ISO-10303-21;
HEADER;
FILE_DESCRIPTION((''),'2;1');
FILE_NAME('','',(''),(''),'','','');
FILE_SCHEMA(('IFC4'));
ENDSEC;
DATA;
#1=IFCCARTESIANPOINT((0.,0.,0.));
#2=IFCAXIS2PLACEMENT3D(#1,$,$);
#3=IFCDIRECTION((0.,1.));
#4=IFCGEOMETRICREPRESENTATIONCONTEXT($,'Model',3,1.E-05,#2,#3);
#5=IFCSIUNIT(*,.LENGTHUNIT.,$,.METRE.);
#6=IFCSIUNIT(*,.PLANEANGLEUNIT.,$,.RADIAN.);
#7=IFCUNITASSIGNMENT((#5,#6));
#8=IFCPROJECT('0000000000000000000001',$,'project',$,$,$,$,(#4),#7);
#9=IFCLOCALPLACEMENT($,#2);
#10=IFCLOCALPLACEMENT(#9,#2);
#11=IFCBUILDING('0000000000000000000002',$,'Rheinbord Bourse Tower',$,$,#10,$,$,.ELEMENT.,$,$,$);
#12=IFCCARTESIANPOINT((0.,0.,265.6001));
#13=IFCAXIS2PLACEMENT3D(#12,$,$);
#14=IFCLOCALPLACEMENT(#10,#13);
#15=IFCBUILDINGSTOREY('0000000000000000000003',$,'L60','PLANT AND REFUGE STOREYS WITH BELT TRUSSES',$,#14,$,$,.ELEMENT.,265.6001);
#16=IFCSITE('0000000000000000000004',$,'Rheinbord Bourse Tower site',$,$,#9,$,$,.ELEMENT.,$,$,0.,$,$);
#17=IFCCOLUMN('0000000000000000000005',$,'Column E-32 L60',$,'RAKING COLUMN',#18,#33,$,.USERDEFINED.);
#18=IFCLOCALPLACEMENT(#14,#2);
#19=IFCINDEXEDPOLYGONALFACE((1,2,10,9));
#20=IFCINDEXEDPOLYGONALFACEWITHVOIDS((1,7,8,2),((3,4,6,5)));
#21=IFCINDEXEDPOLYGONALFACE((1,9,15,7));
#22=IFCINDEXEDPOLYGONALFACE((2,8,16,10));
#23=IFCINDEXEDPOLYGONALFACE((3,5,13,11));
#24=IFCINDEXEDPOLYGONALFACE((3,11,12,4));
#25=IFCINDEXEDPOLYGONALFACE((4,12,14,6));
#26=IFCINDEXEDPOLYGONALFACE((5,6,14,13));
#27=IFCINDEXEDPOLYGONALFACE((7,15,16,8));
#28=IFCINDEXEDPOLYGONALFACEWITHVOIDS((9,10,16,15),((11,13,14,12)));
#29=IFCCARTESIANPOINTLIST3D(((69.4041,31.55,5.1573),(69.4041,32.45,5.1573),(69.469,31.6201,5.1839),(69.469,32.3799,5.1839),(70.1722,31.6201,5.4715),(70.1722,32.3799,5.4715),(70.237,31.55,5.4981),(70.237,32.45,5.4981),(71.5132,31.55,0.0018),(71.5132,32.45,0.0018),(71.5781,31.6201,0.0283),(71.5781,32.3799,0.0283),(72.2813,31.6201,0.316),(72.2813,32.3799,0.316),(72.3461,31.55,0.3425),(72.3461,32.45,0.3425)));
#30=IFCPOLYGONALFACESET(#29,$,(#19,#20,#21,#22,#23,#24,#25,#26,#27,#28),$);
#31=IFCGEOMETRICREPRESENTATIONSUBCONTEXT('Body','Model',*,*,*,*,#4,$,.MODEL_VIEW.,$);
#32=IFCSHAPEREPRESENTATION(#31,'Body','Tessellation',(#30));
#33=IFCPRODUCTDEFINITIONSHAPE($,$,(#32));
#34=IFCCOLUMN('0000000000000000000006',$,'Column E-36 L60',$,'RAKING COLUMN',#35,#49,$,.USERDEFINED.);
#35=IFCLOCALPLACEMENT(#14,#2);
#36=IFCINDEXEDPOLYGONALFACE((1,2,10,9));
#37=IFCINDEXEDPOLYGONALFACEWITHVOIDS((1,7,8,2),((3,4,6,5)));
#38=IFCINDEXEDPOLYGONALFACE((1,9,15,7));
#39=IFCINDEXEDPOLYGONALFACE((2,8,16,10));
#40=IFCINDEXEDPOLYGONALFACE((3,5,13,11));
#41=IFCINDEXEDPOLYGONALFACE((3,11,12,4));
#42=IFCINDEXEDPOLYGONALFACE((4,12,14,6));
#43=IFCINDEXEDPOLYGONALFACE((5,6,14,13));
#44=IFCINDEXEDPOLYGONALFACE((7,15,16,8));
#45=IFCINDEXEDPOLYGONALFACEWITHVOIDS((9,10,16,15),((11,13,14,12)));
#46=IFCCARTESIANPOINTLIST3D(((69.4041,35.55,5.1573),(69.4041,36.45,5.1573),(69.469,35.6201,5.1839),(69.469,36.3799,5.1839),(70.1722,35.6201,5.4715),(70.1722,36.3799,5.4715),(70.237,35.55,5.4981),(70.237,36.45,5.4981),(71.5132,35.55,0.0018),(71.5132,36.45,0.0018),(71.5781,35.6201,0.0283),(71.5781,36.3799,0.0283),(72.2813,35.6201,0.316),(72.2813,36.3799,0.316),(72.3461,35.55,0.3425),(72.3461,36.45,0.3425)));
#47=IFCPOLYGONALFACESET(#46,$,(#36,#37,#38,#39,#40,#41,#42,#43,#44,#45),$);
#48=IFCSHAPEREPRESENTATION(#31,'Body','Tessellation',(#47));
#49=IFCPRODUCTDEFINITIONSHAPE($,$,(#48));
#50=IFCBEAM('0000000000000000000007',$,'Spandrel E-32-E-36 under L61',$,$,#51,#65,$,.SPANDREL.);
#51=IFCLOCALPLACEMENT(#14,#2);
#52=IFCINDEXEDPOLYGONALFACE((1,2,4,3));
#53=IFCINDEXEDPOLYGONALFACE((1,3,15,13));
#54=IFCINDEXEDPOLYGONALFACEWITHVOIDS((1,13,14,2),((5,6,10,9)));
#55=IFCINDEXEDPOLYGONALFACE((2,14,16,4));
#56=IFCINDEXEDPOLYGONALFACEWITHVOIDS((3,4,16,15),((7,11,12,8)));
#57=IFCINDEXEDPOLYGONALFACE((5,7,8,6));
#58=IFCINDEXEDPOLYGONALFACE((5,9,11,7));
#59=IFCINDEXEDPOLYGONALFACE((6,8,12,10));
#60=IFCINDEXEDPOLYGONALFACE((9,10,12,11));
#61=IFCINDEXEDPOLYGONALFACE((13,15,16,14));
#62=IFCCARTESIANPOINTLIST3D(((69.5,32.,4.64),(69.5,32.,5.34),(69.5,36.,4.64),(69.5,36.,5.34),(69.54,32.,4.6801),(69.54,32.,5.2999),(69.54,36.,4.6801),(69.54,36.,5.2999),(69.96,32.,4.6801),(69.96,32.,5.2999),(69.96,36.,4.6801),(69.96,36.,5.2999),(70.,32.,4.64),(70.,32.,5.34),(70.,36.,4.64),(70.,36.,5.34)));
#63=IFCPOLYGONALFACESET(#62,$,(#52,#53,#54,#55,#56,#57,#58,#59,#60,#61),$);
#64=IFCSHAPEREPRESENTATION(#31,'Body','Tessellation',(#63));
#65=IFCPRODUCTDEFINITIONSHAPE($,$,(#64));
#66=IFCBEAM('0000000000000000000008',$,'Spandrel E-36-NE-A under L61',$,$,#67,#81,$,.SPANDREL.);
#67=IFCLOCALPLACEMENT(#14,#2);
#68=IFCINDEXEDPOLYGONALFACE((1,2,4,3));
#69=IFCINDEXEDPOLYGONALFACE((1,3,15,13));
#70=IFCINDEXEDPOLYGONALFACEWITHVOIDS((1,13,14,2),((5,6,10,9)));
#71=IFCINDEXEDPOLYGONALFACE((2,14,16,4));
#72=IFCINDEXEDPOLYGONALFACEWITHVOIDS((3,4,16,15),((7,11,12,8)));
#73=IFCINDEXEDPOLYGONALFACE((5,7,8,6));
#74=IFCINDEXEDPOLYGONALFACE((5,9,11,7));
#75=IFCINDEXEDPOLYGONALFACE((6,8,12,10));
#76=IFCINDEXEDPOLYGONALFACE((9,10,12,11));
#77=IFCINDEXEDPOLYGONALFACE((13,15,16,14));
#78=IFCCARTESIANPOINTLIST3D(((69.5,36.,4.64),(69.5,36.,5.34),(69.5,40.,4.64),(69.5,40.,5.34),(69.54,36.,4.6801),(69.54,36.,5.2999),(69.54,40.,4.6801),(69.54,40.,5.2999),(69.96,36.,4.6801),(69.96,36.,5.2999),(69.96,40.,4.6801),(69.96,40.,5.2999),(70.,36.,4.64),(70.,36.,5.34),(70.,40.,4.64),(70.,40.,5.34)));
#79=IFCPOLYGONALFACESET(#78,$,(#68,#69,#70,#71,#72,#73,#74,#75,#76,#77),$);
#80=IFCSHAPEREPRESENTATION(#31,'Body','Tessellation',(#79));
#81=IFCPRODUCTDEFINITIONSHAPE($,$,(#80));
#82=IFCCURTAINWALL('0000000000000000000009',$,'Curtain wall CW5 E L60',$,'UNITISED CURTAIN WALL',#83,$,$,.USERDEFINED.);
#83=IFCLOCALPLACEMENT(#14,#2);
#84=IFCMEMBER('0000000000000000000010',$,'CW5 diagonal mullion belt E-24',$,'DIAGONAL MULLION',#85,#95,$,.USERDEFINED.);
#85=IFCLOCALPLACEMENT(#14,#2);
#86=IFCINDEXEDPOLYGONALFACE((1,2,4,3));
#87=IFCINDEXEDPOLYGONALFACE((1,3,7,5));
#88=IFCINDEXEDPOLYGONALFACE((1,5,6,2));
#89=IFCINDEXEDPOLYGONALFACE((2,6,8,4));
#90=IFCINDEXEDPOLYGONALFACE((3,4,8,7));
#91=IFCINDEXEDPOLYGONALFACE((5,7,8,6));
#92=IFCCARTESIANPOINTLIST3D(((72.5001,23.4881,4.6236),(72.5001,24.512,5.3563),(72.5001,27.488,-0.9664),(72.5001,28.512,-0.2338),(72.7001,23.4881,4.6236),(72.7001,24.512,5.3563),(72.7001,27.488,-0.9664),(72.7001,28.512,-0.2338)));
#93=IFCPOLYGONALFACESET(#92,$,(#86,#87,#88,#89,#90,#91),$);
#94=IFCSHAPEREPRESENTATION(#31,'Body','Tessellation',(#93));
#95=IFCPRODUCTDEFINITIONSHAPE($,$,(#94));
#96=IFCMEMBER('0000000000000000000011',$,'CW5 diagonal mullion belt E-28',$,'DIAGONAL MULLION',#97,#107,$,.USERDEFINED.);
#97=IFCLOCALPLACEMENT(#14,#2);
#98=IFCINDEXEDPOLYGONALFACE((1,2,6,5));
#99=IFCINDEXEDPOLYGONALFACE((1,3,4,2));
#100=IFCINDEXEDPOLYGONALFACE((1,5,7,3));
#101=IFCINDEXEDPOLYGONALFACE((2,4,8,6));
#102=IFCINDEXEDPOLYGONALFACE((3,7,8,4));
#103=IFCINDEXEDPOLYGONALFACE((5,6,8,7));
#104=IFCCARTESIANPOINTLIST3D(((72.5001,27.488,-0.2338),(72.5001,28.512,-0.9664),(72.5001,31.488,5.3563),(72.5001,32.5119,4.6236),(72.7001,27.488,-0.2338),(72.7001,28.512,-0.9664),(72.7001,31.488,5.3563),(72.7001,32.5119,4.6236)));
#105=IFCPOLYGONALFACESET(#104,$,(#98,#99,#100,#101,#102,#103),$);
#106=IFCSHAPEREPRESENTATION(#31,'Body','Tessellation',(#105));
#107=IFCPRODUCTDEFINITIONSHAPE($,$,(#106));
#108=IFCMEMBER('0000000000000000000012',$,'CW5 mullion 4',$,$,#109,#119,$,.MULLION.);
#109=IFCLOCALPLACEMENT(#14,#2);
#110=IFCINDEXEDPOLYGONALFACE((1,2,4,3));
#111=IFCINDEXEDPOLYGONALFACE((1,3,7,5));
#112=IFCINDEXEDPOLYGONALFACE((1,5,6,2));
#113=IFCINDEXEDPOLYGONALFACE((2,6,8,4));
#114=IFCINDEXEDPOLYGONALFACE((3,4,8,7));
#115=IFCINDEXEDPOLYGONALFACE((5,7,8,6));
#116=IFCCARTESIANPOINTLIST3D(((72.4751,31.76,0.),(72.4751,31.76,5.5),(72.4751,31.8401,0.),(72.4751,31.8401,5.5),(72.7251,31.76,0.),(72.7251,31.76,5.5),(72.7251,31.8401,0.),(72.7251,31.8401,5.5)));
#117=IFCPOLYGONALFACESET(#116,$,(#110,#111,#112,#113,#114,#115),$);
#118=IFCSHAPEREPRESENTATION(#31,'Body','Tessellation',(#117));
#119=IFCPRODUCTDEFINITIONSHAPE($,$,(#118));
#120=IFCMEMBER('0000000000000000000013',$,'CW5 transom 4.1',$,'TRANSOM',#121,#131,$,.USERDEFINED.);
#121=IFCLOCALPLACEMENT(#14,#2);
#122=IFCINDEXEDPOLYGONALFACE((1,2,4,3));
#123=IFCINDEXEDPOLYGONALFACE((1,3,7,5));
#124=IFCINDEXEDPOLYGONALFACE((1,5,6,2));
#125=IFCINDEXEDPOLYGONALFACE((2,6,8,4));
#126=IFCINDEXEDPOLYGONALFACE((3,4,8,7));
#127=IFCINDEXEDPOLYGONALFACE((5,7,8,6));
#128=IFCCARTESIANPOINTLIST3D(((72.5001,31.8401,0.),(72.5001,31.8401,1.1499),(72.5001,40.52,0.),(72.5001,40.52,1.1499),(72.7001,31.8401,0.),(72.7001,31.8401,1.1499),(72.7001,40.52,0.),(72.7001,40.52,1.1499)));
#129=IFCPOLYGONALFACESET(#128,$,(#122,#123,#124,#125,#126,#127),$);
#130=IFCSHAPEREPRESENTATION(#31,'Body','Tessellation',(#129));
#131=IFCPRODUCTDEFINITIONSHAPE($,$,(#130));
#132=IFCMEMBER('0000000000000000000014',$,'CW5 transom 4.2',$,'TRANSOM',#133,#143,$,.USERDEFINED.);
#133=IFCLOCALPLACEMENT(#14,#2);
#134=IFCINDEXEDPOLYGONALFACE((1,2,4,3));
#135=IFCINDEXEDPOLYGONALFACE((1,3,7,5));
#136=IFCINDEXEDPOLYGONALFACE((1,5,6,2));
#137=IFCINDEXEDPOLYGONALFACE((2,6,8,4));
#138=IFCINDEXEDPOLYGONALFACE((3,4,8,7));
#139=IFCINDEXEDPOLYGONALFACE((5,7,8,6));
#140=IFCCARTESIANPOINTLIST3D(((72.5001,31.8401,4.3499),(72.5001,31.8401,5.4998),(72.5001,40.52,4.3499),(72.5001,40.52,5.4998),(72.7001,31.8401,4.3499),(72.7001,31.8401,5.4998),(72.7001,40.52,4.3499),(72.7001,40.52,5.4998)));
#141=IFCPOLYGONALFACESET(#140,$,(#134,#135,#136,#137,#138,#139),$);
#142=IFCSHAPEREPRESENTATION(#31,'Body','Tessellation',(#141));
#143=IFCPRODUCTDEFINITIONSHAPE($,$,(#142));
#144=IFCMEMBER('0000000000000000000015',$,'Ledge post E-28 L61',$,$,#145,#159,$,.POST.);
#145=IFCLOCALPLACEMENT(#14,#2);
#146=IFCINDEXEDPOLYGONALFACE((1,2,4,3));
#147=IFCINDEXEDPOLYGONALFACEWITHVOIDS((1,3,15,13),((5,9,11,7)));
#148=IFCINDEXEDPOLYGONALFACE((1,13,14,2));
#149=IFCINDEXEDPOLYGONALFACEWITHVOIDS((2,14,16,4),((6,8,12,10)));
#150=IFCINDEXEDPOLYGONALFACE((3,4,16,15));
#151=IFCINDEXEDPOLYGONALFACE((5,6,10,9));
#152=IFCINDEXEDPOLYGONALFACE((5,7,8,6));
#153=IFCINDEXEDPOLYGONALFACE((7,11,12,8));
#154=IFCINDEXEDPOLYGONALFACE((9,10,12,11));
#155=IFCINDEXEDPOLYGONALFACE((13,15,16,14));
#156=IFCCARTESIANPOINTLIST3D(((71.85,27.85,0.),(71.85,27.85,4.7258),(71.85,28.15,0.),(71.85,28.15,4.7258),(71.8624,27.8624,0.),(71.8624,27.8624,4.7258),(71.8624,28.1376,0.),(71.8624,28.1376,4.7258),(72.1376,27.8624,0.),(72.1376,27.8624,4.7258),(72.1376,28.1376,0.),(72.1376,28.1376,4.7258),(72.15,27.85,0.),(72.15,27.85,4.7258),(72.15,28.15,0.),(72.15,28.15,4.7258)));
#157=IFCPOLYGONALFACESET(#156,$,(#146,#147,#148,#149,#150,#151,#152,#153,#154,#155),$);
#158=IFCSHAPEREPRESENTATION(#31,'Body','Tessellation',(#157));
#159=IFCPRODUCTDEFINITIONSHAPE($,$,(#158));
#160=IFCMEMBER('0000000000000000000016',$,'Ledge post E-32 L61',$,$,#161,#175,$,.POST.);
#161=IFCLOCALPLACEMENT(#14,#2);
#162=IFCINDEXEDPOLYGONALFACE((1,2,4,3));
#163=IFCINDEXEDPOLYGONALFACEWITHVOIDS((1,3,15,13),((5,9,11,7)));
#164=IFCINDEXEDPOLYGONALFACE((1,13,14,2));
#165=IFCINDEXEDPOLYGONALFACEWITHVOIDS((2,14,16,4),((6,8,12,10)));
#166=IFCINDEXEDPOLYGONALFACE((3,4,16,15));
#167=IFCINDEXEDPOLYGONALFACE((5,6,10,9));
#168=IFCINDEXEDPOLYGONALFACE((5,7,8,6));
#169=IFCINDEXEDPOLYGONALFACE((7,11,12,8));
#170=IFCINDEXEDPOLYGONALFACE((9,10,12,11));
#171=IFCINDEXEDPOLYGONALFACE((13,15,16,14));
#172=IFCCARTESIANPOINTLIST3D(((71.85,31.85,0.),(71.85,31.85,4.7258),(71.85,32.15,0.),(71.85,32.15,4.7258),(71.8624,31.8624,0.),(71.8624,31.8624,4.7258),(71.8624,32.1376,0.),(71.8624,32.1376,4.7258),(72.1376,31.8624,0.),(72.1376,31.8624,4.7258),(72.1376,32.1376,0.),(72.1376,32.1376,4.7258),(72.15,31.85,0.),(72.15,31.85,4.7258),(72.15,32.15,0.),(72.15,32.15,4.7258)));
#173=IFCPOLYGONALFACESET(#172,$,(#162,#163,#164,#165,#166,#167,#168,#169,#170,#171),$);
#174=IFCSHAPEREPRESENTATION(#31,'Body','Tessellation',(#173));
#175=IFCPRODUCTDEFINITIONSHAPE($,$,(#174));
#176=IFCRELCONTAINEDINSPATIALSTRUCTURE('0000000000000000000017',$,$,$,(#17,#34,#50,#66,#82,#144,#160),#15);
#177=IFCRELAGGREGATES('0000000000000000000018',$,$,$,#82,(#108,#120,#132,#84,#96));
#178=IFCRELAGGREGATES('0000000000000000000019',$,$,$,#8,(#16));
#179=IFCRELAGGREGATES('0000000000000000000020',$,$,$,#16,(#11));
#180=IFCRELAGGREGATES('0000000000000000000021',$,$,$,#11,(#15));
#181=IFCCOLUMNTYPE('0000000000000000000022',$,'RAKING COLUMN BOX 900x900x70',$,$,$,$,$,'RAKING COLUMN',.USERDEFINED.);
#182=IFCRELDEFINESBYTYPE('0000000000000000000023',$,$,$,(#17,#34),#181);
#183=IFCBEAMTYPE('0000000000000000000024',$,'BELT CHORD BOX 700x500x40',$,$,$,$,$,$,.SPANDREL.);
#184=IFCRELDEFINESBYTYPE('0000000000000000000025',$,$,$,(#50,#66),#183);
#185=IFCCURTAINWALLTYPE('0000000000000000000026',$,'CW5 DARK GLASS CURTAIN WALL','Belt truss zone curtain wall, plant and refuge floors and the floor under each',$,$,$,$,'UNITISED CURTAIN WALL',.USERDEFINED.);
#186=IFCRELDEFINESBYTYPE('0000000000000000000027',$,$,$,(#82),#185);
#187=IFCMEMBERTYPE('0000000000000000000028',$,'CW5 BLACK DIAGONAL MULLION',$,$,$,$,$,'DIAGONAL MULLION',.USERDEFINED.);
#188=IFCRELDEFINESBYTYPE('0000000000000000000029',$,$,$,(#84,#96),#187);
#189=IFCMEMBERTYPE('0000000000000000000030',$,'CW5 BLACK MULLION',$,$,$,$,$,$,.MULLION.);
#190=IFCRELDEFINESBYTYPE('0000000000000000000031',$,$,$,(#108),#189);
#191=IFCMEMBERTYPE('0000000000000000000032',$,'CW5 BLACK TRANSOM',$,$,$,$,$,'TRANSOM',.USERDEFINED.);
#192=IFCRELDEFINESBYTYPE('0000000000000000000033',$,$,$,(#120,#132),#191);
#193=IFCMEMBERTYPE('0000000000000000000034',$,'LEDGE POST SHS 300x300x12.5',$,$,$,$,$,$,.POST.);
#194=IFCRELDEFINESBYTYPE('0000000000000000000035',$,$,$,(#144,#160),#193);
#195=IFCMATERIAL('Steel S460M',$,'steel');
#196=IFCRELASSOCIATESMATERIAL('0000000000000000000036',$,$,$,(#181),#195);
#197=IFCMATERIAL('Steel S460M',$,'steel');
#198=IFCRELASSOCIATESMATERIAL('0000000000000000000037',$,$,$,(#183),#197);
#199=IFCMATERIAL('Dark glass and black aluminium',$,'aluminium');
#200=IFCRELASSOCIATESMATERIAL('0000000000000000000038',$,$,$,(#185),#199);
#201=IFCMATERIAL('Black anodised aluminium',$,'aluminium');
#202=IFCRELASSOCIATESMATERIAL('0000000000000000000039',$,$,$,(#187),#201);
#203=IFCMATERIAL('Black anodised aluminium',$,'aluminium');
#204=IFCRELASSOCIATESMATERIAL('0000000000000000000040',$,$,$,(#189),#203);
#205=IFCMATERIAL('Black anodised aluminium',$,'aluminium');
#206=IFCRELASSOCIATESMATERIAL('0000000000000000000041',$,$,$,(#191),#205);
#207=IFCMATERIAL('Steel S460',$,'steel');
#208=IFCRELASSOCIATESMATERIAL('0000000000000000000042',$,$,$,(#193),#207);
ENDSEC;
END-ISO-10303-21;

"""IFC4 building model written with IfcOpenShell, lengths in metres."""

from ifc_helpers import new_model, si_unit, direction, frame, origin, origin_2d, place, context, subcontext, project, spatial, rectangle, hollow_rectangle, extrude, material, material_profile, profile_set, type_object, element, aggregate, save


model = new_model("IFC4")

# Units and contexts
model_context = context("Model", 3, precision=1e-05, world=origin(), true_north=direction((0.0, 1.0)))
body_context = subcontext(model_context, "Body", "Model", "MODEL_VIEW")
ifc_project = project(units=[si_unit("LENGTHUNIT", "METRE"), si_unit("PLANEANGLEUNIT", "RADIAN")], contexts=[model_context])

# Site, building, storey
site_placement = place(None, origin())
site = spatial("IfcSite", under=ifc_project, at=site_placement, Name="Rheinbord Bourse Tower site", CompositionType="ELEMENT", RefElevation=0.0)
building_placement = place(site_placement, origin())
building = spatial("IfcBuilding", under=site, at=building_placement, Name="Rheinbord Bourse Tower", CompositionType="ELEMENT")
storey_placement = place(building_placement, frame((0.0, 0.0, 265.6001)))
storey = spatial("IfcBuildingStorey", under=building, at=storey_placement, Name="L60", Description="PLANT AND REFUGE STOREYS WITH BELT TRUSSES", CompositionType="ELEMENT", Elevation=265.6001)

# Columns
ifc_material_1 = material(Name="Steel S460M", Category="steel")
ifc_material_profile_1 = material_profile(ifc_material_1, hollow_rectangle(XDim=0.8999, YDim=0.8999, WallThickness=0.0701, at=origin_2d()), Name="BOX 900x900x70")
ifc_profile_set_1 = profile_set([ifc_material_profile_1], Name="Steel S460M")
column_type = type_object("IfcColumnType", Name="RAKING COLUMN BOX 900x900x70", ElementType="RAKING COLUMN", PredefinedType="USERDEFINED", material=ifc_profile_set_1)
for number, where, z_axis, x_axis, name in (
    (1, (71.9297, 32.0, 0.1721), (-0.378633, 0.0, 0.925547), (0.925547, 0.0, 0.378633), "Column E-32 L60"),
    (2, (71.9297, 36.0, 0.1721), (-0.378633, 0.0, 0.925547), (0.925547, 0.0, 0.378633), "Column E-36 L60"),
):
    element("IfcColumn", number, at=place(storey_placement, frame(where, z_axis=z_axis, x_axis=x_axis)), inside=storey, type_object=column_type, Name=name, ObjectType="RAKING COLUMN", PredefinedType="USERDEFINED", context=body_context, shape_type="SweptSolid", body=[
        extrude(hollow_rectangle(XDim=0.8999, YDim=0.8999, WallThickness=0.0701, at=origin_2d()), origin(), (0.0, 0.0, 1.0), 5.5703),
    ])

# Beams
ifc_material_2 = material(Name="Steel S460M", Category="steel")
ifc_material_profile_2 = material_profile(ifc_material_2, hollow_rectangle(XDim=0.5, YDim=0.7, WallThickness=0.04, at=origin_2d()), Name="BOX 700x500x40")
ifc_profile_set_2 = profile_set([ifc_material_profile_2], Name="Steel S460M")
beam_type_1 = type_object("IfcBeamType", Name="BELT CHORD BOX 700x500x40", PredefinedType="SPANDREL", material=ifc_profile_set_2)
for number, where, z_axis, x_axis, name in (
    (3, (69.75, 32.0, 4.99), (0.0, 1.0, 0.0), (-1.0, 0.0, 0.0), "Spandrel E-32-E-36 under L61"),
    (4, (69.75, 36.0, 4.99), (0.0, 1.0, 0.0), (-1.0, 0.0, 0.0), "Spandrel E-36-NE-A under L61"),
):
    element("IfcBeam", number, at=place(storey_placement, frame(where, z_axis=z_axis, x_axis=x_axis)), inside=storey, type_object=beam_type_1, Name=name, PredefinedType="SPANDREL", context=body_context, shape_type="SweptSolid", body=[
        extrude(hollow_rectangle(XDim=0.5, YDim=0.7, WallThickness=0.04, at=origin_2d()), origin(), (0.0, 0.0, 1.0), 4.0),
    ])

# Curtain wall, members
ifc_material_3 = material(Name="Dark glass and black aluminium", Category="aluminium")
curtain_wall_type = type_object("IfcCurtainWallType", Name="CW5 DARK GLASS CURTAIN WALL", Description="Belt truss zone curtain wall, plant and refuge floors and the floor under each", ElementType="UNITISED CURTAIN WALL", PredefinedType="USERDEFINED", material=ifc_material_3)
curtain_wall_placement = place(storey_placement, origin())
curtain_wall = element("IfcCurtainWall", 5, at=curtain_wall_placement, inside=storey, type_object=curtain_wall_type, Name="Curtain wall CW5 E L60", ObjectType="UNITISED CURTAIN WALL", PredefinedType="USERDEFINED")
ifc_material_4 = material(Name="Black anodised aluminium", Category="aluminium")
ifc_material_profile_3 = material_profile(ifc_material_4, rectangle(XDim=0.2, YDim=1.259, at=origin_2d()), Name="CW5 DIAGONAL MULLION 1259x200")
ifc_profile_set_3 = profile_set([ifc_material_profile_3], Name="Black anodised aluminium")
member_type_1 = type_object("IfcMemberType", Name="CW5 BLACK DIAGONAL MULLION", ElementType="DIAGONAL MULLION", PredefinedType="USERDEFINED", material=ifc_profile_set_3)
member_1_placement = place(storey_placement, frame((72.6001, 28.0, -0.6001), z_axis=(0.0, -0.58192, 0.813246), x_axis=(1.0, 0.0, 0.0)))
member_1 = element("IfcMember", 6, at=member_1_placement, type_object=member_type_1, Name="CW5 diagonal mullion belt E-24", ObjectType="DIAGONAL MULLION", PredefinedType="USERDEFINED", context=body_context, shape_type="SweptSolid", body=[
    extrude(rectangle(XDim=0.2, YDim=1.259, at=origin_2d()), origin(), (0.0, 0.0, 1.0), 6.8738),
])
member_2_placement = place(storey_placement, frame((72.6001, 28.0, -0.6001), z_axis=(0.0, 0.58192, 0.813246), x_axis=(-1.0, 0.0, 0.0)))
member_2 = element("IfcMember", 7, at=member_2_placement, type_object=member_type_1, Name="CW5 diagonal mullion belt E-28", ObjectType="DIAGONAL MULLION", PredefinedType="USERDEFINED", context=body_context, shape_type="SweptSolid", body=[
    extrude(rectangle(XDim=0.2, YDim=1.259, at=origin_2d()), origin(), (0.0, 0.0, 1.0), 6.8738),
])
ifc_material_5 = material(Name="Black anodised aluminium", Category="aluminium")
ifc_material_profile_4 = material_profile(ifc_material_5, rectangle(XDim=0.25, YDim=0.0801, at=origin_2d()), Name="CW5 MULLION 80x250")
ifc_profile_set_4 = profile_set([ifc_material_profile_4], Name="Black anodised aluminium")
member_type_2 = type_object("IfcMemberType", Name="CW5 BLACK MULLION", PredefinedType="MULLION", material=ifc_profile_set_4)
member_3_placement = place(storey_placement, frame((72.6001, 31.8, 0.0), z_axis=(0.0, 0.0, 1.0), x_axis=(-1.0, 0.0, 0.0)))
member_3 = element("IfcMember", 8, at=member_3_placement, type_object=member_type_2, Name="CW5 mullion 4", PredefinedType="MULLION", context=body_context, shape_type="SweptSolid", body=[
    extrude(rectangle(XDim=0.25, YDim=0.0801, at=origin_2d()), origin(), (0.0, 0.0, 1.0), 5.5),
])
ifc_material_6 = material(Name="Black anodised aluminium", Category="aluminium")
ifc_material_profile_5 = material_profile(ifc_material_6, rectangle(XDim=0.2, YDim=1.1499, at=origin_2d()), Name="CW5 TRANSOM 1150x200")
ifc_profile_set_5 = profile_set([ifc_material_profile_5], Name="Black anodised aluminium")
member_type_3 = type_object("IfcMemberType", Name="CW5 BLACK TRANSOM", ElementType="TRANSOM", PredefinedType="USERDEFINED", material=ifc_profile_set_5)
member_4_placement = place(storey_placement, frame((72.6001, 31.8401, 0.575), z_axis=(0.0, 1.0, 0.0), x_axis=(-1.0, 0.0, 0.0)))
member_4 = element("IfcMember", 9, at=member_4_placement, type_object=member_type_3, Name="CW5 transom 4.1", ObjectType="TRANSOM", PredefinedType="USERDEFINED", context=body_context, shape_type="SweptSolid", body=[
    extrude(rectangle(XDim=0.2, YDim=1.1499, at=origin_2d()), origin(), (0.0, 0.0, 1.0), 8.6799),
])
member_5_placement = place(storey_placement, frame((72.6001, 31.8401, 4.9248), z_axis=(0.0, 1.0, 0.0), x_axis=(-1.0, 0.0, 0.0)))
member_5 = element("IfcMember", 10, at=member_5_placement, type_object=member_type_3, Name="CW5 transom 4.2", ObjectType="TRANSOM", PredefinedType="USERDEFINED", context=body_context, shape_type="SweptSolid", body=[
    extrude(rectangle(XDim=0.2, YDim=1.1499, at=origin_2d()), origin(), (0.0, 0.0, 1.0), 8.6799),
])

# Members
ifc_material_7 = material(Name="Steel S460", Category="steel")
ifc_material_profile_6 = material_profile(ifc_material_7, hollow_rectangle(XDim=0.3, YDim=0.3, WallThickness=0.0125, at=origin_2d()), Name="SHS 300x300x12.5")
ifc_profile_set_6 = profile_set([ifc_material_profile_6], Name="Steel S460")
member_type_4 = type_object("IfcMemberType", Name="LEDGE POST SHS 300x300x12.5", PredefinedType="POST", material=ifc_profile_set_6)
for number, where, z_axis, x_axis, name in (
    (11, (72.0, 28.0, 0.0), (0.0, 0.0, 1.0), (1.0, 0.0, 0.0), "Ledge post E-28 L61"),
    (12, (72.0, 32.0, 0.0), (0.0, 0.0, 1.0), (1.0, 0.0, 0.0), "Ledge post E-32 L61"),
):
    element("IfcMember", number, at=place(storey_placement, frame(where, z_axis=z_axis, x_axis=x_axis)), inside=storey, type_object=member_type_4, Name=name, PredefinedType="POST", context=body_context, shape_type="SweptSolid", body=[
        extrude(hollow_rectangle(XDim=0.3, YDim=0.3, WallThickness=0.0125, at=origin_2d()), origin(), (0.0, 0.0, 1.0), 4.7258),
    ])

aggregate(curtain_wall, [member_3, member_4, member_5, member_1, member_2])

save(model, "model.ifc")
